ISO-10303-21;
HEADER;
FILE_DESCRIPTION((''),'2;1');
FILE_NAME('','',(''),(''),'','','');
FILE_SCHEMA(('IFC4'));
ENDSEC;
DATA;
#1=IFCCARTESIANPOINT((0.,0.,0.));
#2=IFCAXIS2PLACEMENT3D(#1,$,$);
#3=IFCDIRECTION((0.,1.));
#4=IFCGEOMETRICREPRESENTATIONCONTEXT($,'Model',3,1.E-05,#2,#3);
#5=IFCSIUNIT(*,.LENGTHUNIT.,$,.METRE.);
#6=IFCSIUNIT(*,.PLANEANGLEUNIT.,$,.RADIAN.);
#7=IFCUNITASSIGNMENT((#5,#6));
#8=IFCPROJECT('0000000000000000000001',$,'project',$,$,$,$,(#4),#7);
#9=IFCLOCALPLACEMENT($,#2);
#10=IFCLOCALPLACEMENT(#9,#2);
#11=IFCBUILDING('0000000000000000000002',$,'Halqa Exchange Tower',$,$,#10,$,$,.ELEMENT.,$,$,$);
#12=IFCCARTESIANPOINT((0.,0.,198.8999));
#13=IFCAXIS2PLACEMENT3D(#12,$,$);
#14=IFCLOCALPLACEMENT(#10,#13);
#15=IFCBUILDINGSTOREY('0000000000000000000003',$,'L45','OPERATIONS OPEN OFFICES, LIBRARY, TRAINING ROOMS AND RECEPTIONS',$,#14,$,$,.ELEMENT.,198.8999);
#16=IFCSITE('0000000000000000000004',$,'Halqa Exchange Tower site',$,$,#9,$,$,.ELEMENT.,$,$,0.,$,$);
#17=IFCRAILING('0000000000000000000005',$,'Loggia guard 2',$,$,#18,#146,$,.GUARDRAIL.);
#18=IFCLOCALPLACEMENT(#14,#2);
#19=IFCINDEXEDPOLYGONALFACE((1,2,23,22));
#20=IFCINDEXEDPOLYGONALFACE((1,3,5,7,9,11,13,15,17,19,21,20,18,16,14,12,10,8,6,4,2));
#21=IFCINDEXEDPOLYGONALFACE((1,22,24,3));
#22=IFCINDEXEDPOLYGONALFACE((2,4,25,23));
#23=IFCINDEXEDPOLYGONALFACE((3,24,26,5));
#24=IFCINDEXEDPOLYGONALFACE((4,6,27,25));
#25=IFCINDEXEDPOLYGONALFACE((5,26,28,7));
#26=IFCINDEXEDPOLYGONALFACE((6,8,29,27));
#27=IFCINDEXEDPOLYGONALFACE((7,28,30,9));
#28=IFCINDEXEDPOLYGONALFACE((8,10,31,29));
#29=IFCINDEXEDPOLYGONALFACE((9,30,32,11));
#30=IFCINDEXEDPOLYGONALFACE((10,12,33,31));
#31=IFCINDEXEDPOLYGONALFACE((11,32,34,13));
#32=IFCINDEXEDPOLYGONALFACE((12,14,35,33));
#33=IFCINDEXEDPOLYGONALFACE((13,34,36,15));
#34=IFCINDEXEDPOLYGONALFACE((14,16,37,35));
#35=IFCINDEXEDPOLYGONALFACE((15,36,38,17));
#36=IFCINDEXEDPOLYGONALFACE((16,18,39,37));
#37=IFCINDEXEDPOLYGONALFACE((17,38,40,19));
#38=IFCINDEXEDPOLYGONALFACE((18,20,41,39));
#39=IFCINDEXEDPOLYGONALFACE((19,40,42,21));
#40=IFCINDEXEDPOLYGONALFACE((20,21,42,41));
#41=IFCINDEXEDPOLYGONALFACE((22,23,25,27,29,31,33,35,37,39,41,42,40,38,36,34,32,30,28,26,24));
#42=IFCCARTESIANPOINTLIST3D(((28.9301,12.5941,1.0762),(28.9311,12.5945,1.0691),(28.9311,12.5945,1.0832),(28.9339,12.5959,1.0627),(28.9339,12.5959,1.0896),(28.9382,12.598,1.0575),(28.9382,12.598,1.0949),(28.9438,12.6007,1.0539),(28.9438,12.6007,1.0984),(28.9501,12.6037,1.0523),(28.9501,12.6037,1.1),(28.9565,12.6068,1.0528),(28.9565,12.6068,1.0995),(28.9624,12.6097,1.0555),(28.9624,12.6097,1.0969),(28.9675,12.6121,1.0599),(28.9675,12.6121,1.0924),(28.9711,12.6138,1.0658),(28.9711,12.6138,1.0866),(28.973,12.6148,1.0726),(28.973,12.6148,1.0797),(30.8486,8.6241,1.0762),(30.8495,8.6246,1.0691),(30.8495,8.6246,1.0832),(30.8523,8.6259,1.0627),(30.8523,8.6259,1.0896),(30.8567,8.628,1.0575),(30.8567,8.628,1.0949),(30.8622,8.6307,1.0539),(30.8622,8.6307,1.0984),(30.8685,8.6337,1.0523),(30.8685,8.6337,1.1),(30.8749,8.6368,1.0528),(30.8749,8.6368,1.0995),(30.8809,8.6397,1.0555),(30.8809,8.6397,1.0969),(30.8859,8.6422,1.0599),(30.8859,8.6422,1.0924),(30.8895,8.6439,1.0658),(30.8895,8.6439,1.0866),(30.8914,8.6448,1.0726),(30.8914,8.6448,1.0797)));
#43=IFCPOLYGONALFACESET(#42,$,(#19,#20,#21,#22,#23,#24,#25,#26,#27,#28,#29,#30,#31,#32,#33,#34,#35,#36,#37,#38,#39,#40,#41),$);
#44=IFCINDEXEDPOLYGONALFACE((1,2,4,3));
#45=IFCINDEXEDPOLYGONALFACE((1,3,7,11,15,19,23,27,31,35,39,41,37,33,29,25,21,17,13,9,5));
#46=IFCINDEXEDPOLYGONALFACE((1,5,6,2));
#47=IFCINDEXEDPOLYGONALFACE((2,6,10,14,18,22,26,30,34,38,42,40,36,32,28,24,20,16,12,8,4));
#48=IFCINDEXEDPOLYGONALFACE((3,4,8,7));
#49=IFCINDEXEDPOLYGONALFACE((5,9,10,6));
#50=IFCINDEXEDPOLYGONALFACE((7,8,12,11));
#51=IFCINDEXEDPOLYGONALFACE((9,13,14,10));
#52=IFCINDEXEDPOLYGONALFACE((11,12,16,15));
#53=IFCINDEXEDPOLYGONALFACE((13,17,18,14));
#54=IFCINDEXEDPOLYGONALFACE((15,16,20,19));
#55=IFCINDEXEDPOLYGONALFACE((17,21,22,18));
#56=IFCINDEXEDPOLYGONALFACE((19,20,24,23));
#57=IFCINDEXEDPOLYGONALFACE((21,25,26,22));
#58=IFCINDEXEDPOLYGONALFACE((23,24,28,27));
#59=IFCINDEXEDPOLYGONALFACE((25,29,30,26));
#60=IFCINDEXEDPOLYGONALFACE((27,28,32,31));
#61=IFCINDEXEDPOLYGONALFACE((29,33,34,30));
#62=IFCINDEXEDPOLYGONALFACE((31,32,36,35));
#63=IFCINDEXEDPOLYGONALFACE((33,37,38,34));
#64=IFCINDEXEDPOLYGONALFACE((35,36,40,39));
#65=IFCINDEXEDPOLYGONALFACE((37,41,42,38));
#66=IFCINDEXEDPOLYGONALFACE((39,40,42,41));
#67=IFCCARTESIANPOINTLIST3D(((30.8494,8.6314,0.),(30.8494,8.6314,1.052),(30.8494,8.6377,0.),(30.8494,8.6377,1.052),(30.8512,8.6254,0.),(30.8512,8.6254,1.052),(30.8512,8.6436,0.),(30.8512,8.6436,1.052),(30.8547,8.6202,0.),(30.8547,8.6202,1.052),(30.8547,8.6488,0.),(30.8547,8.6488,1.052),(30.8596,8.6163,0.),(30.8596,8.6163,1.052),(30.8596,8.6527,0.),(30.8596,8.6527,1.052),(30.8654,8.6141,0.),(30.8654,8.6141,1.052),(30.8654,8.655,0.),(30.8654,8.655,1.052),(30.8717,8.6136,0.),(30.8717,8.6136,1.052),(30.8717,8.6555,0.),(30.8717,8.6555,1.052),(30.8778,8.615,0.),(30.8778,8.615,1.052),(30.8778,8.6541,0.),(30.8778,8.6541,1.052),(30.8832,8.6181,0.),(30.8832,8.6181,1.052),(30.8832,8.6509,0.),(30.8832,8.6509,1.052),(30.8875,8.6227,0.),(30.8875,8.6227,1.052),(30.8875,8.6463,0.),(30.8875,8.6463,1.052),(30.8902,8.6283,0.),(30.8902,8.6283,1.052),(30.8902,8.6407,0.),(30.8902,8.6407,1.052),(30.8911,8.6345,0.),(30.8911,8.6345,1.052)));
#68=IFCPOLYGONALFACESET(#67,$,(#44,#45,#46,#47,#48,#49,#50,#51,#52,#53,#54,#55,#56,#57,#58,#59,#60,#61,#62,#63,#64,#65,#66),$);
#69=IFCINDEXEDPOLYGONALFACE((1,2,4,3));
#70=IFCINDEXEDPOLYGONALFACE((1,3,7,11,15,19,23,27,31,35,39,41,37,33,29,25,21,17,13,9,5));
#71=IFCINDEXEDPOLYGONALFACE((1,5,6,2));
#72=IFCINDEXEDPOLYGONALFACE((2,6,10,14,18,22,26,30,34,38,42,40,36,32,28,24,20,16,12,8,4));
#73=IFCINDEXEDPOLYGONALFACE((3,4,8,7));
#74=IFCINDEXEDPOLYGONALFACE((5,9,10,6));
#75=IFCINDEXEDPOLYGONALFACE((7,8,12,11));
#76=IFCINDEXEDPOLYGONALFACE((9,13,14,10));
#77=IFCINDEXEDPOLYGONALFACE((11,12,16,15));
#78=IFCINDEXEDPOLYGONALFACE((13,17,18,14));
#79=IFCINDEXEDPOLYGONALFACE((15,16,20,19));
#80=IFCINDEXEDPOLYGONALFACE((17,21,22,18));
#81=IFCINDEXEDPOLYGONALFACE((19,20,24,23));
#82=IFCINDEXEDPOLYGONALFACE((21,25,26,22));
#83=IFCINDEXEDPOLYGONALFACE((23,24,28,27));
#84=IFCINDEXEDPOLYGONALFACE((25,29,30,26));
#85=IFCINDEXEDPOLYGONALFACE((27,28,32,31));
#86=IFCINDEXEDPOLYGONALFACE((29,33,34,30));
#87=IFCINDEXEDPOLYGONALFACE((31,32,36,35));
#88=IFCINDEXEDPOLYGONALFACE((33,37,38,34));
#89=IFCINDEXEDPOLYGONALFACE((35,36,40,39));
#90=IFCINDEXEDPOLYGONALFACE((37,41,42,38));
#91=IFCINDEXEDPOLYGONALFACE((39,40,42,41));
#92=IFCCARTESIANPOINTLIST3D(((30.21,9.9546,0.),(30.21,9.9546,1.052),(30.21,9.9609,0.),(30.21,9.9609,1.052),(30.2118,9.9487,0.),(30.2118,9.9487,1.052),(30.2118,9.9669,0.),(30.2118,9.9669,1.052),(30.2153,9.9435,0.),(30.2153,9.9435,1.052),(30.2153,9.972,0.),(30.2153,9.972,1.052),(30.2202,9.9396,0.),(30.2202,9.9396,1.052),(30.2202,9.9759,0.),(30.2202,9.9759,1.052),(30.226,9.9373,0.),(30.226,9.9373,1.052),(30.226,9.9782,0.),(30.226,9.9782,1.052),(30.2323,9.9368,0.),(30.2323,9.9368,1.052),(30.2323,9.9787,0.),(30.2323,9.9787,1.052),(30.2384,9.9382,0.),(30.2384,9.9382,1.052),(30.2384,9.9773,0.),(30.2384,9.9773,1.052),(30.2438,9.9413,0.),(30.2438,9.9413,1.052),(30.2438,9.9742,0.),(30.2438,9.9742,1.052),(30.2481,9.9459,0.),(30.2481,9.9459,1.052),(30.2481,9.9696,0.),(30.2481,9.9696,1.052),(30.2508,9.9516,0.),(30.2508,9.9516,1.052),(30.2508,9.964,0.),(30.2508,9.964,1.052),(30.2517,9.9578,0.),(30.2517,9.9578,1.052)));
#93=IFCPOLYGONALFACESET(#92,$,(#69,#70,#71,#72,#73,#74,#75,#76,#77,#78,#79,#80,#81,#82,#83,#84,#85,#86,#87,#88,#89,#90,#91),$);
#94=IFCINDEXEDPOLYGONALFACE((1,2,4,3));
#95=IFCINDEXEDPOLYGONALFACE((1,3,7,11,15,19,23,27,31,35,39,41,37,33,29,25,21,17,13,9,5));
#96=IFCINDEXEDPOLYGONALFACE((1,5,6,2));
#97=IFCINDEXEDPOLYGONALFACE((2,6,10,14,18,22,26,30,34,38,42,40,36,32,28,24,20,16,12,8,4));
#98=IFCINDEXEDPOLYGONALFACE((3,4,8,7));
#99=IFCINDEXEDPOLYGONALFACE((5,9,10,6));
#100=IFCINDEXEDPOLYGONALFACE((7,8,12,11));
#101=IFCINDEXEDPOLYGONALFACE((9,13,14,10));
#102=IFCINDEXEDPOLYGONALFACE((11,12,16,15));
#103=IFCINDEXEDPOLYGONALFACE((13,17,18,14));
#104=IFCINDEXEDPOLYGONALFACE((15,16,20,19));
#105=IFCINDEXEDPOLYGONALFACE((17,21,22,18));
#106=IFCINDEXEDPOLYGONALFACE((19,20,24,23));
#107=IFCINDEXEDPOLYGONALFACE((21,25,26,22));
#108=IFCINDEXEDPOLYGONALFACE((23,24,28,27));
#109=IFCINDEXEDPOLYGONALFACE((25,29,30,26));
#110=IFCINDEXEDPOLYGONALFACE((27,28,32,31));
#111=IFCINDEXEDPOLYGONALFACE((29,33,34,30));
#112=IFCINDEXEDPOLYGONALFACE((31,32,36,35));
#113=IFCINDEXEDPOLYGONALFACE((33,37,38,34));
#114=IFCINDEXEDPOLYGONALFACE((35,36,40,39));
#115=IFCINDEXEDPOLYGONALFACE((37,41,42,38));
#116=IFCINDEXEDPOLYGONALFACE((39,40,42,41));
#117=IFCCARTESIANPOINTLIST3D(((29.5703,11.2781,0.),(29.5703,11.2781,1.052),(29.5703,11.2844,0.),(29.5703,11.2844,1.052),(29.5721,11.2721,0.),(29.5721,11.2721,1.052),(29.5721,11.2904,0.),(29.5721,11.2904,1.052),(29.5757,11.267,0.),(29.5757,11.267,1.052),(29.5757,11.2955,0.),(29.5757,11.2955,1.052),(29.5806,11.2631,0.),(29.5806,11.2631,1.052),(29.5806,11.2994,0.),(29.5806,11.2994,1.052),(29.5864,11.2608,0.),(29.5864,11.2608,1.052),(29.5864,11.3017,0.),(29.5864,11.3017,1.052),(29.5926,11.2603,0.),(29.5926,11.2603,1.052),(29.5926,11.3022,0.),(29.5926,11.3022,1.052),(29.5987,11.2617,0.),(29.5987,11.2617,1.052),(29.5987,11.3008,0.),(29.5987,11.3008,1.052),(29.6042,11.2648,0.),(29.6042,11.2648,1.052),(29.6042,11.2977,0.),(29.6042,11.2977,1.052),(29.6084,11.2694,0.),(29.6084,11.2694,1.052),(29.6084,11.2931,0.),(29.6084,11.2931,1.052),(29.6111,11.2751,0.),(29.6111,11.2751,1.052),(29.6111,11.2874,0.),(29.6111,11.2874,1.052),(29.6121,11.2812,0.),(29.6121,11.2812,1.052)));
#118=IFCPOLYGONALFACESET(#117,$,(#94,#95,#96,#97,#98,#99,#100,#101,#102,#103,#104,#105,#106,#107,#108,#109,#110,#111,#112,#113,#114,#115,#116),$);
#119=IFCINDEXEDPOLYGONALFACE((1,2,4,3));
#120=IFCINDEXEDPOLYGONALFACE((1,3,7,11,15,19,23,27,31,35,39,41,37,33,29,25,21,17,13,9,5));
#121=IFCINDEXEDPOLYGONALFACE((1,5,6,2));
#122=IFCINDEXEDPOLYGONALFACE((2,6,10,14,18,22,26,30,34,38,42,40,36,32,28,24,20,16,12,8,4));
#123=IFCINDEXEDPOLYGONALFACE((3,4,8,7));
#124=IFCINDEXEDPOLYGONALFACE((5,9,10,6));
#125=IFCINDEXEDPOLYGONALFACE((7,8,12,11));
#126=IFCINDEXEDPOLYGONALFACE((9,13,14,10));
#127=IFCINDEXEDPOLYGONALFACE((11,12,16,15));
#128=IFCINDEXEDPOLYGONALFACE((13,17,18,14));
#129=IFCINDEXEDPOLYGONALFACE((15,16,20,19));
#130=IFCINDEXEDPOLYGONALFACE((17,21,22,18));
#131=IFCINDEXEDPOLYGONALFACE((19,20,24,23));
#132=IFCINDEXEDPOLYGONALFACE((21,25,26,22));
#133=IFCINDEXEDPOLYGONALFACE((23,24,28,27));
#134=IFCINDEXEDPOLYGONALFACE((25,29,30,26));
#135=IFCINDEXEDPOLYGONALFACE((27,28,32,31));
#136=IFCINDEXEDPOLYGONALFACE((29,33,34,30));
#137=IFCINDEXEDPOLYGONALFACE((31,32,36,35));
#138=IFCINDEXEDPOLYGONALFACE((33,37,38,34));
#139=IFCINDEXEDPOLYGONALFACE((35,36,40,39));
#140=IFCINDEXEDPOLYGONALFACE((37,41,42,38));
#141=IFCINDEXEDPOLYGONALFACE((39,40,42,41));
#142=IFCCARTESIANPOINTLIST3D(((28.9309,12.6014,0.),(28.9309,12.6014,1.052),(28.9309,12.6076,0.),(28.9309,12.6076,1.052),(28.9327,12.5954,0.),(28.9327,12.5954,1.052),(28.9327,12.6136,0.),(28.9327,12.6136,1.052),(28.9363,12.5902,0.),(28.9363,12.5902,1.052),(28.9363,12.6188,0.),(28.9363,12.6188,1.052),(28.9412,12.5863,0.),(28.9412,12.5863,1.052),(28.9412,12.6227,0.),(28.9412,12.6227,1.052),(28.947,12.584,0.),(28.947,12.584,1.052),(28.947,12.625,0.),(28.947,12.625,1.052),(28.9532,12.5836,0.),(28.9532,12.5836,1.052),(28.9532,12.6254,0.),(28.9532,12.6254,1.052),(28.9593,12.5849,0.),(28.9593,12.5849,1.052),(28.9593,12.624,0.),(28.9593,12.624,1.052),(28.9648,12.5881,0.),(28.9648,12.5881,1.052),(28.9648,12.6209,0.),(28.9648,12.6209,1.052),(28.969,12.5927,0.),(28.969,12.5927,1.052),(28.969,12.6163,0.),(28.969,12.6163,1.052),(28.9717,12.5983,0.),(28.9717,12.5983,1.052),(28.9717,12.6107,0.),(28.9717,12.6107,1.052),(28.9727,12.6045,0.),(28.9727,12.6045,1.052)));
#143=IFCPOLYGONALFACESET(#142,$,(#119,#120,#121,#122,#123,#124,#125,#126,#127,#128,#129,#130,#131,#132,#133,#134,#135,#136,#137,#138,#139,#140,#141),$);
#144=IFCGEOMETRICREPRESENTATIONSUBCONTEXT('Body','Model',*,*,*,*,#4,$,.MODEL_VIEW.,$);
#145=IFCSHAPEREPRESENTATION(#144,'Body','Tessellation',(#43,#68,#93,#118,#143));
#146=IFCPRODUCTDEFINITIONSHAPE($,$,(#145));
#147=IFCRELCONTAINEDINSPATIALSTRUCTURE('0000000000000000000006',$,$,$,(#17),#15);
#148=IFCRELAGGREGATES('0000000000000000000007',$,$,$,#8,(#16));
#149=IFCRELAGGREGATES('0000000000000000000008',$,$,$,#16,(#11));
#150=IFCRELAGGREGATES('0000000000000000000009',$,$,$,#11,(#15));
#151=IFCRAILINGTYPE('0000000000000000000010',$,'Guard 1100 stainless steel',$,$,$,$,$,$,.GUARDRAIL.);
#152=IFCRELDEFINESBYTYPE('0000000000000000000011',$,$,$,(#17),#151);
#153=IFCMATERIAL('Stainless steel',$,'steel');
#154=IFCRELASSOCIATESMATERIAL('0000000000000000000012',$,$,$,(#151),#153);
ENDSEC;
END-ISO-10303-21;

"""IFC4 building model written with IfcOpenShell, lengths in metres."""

from ifc_helpers import new_model, si_unit, direction, frame, origin, origin_2d, place, context, subcontext, project, spatial, circle, extrude, material, type_object, element, save


model = new_model("IFC4")

# Units and contexts
model_context = context("Model", 3, precision=1e-05, world=origin(), true_north=direction((0.0, 1.0)))
body_context = subcontext(model_context, "Body", "Model", "MODEL_VIEW")
ifc_project = project(units=[si_unit("LENGTHUNIT", "METRE"), si_unit("PLANEANGLEUNIT", "RADIAN")], contexts=[model_context])

# Site, building, storey
site_placement = place(None, origin())
site = spatial("IfcSite", under=ifc_project, at=site_placement, Name="Halqa Exchange Tower site", CompositionType="ELEMENT", RefElevation=0.0)
building_placement = place(site_placement, origin())
building = spatial("IfcBuilding", under=site, at=building_placement, Name="Halqa Exchange Tower", CompositionType="ELEMENT")
storey_placement = place(building_placement, frame((0.0, 0.0, 198.8999)))
storey = spatial("IfcBuildingStorey", under=building, at=storey_placement, Name="L45", Description="OPERATIONS OPEN OFFICES, LIBRARY, TRAINING ROOMS AND RECEPTIONS", CompositionType="ELEMENT", Elevation=198.8999)

# Railing
ifc_material_1 = material(Name="Stainless steel", Category="steel")
railing_type = type_object("IfcRailingType", Name="Guard 1100 stainless steel", PredefinedType="GUARDRAIL", material=ifc_material_1)
railing_1_placement = place(storey_placement, frame((30.8701, 8.6345, 0.0)))
element("IfcRailing", 1, at=railing_1_placement, inside=storey, type_object=railing_type, Name="Loggia guard 2", PredefinedType="GUARDRAIL", context=body_context, shape_type="SweptSolid", body=[
    extrude(circle(Radius=0.0239, at=origin_2d()), frame((0.0, 0.0, 1.0762), z_axis=(-0.435102, 0.900381, 0.0), x_axis=(-0.900381, -0.435102, 0.0)), (0.0, 0.0, 1.0), 4.4092),
    extrude(circle(Radius=0.021, at=origin_2d()), origin(), (0.0, 0.0, 1.0), 1.052),
    extrude(circle(Radius=0.021, at=origin_2d()), frame((-0.6394, 1.3232, 0.0)), (0.0, 0.0, 1.0), 1.052),
    extrude(circle(Radius=0.021, at=origin_2d()), frame((-1.2791, 2.6467, 0.0)), (0.0, 0.0, 1.0), 1.052),
    extrude(circle(Radius=0.021, at=origin_2d()), frame((-1.9185, 3.97, 0.0)), (0.0, 0.0, 1.0), 1.052),
])

save(model, "model.ifc")
